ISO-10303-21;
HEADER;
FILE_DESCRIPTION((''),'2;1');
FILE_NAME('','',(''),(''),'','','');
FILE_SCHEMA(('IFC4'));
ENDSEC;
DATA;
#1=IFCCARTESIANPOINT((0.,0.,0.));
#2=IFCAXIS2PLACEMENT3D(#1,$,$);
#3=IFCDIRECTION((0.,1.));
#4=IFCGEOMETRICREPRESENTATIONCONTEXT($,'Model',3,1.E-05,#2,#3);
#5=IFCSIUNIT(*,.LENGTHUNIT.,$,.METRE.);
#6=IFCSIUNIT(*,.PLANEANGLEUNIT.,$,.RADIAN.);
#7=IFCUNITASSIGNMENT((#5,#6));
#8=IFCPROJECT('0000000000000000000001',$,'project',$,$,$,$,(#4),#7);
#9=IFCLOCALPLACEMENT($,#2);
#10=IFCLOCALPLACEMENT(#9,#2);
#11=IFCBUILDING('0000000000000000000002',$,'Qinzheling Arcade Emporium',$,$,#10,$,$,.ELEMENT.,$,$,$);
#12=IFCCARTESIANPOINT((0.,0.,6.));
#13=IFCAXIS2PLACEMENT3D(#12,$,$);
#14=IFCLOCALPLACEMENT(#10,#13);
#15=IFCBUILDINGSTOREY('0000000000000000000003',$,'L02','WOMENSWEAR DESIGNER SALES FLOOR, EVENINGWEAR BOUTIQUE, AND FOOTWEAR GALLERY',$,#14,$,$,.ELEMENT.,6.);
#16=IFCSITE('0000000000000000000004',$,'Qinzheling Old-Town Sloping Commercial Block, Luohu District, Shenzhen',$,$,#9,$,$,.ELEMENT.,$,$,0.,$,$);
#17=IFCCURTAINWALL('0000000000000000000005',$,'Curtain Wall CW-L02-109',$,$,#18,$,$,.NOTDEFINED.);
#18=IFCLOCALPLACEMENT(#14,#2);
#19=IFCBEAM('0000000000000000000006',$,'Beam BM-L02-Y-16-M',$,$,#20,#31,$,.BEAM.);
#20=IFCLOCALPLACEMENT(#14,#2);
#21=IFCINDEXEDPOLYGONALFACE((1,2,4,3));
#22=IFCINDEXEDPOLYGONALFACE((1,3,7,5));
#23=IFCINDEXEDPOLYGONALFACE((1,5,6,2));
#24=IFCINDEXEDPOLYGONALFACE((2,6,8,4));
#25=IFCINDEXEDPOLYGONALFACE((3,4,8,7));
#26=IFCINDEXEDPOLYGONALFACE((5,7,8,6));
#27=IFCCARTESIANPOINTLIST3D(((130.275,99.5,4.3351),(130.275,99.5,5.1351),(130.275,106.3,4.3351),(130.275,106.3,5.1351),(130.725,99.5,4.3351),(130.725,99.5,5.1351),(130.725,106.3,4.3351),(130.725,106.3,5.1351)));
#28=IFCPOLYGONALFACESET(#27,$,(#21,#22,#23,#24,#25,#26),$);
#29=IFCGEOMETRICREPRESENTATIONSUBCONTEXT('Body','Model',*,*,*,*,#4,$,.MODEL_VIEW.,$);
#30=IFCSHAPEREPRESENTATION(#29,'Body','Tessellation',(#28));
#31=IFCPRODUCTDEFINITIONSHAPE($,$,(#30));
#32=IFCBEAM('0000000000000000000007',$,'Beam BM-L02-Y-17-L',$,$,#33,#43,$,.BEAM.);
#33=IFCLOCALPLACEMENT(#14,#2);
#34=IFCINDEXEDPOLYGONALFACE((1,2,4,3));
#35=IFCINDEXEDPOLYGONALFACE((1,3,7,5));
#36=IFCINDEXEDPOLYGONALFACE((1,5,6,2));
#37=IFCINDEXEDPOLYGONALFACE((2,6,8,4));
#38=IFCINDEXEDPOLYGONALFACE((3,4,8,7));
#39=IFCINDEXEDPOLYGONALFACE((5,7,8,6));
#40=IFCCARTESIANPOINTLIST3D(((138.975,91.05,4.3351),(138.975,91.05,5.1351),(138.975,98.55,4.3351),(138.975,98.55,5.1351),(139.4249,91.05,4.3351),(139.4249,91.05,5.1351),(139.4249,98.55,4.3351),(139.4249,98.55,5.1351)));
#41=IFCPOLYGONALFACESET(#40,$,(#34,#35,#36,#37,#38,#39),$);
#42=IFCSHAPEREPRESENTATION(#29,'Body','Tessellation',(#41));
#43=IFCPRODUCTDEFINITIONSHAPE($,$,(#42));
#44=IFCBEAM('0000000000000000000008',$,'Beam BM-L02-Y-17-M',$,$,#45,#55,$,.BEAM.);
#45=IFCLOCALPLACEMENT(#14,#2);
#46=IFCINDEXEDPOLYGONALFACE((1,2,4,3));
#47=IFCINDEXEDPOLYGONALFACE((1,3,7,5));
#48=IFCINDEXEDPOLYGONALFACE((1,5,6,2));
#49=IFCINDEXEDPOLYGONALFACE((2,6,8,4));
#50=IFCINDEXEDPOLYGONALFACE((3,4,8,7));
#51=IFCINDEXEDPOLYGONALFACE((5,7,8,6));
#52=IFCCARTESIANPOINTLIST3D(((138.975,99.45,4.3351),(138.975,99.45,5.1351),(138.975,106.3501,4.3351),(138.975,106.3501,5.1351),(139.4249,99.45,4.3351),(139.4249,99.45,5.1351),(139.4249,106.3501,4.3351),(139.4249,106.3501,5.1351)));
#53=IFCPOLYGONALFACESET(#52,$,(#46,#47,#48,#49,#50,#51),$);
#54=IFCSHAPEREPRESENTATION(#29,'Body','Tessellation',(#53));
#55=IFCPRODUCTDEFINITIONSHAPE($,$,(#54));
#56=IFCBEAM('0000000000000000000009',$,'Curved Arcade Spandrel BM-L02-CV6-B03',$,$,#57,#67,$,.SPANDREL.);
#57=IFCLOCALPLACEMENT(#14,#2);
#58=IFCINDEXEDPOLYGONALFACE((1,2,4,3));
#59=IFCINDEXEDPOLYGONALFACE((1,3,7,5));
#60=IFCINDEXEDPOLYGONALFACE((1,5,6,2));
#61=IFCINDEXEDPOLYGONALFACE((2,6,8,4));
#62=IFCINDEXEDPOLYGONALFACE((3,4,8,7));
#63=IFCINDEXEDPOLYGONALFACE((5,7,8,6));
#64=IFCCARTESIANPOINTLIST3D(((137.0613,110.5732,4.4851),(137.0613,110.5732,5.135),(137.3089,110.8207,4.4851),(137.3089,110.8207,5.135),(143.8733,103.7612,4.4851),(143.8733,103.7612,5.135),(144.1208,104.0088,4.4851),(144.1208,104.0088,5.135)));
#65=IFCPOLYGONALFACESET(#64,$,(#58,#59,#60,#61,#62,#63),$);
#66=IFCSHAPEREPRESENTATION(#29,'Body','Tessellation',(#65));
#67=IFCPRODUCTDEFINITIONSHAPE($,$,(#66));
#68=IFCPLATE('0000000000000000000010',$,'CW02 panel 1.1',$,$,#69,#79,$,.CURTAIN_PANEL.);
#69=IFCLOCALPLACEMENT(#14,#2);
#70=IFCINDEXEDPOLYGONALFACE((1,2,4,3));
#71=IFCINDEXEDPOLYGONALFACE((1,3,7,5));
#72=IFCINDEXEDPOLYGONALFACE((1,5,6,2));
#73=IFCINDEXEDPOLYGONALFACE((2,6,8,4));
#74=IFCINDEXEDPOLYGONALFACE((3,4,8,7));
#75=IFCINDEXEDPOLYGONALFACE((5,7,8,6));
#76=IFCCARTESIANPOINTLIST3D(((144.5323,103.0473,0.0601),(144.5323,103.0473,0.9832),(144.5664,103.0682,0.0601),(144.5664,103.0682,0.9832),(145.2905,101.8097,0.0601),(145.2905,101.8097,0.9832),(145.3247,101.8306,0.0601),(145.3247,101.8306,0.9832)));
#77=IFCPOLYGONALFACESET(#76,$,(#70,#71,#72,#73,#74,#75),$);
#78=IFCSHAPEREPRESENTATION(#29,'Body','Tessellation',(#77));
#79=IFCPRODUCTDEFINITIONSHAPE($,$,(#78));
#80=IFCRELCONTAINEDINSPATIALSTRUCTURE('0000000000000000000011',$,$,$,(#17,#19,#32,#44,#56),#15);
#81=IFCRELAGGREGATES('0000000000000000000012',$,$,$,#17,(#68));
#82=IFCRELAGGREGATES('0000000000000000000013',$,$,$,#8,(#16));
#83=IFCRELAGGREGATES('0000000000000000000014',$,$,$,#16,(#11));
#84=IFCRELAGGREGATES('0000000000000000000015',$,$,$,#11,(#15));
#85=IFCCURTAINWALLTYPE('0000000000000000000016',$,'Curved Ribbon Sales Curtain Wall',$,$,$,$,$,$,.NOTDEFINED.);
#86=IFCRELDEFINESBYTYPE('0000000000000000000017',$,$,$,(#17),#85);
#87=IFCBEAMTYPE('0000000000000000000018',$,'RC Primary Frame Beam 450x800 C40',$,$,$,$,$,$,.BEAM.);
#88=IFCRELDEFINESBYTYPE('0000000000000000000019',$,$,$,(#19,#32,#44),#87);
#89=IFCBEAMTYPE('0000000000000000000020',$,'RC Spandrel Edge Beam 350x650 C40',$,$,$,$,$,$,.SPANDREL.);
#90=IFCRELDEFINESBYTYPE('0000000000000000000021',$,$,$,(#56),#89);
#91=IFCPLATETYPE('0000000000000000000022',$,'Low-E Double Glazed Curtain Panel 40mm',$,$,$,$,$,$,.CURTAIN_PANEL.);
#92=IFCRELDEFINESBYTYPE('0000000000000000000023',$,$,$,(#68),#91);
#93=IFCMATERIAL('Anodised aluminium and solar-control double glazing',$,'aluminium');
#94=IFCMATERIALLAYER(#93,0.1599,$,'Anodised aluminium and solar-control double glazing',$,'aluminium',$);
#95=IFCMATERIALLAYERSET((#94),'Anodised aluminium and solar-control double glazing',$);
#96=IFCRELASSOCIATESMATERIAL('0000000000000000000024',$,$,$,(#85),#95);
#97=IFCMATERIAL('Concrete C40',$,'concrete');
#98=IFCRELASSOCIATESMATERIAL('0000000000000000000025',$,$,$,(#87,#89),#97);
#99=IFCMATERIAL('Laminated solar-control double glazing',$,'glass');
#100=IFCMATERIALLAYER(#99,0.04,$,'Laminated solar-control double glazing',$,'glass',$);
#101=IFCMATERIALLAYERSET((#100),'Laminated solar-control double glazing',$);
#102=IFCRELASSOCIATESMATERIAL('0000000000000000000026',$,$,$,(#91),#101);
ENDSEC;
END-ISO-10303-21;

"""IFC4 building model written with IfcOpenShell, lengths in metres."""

from ifc_helpers import new_model, si_unit, direction, frame, origin, origin_2d, place, context, subcontext, project, spatial, rectangle, extrude, material, layer, layer_set, material_profile, profile_set, type_object, element, aggregate, save


model = new_model("IFC4")

# Units and contexts
model_context = context("Model", 3, precision=1e-05, world=origin(), true_north=direction((0.0, 1.0)))
body_context = subcontext(model_context, "Body", "Model", "MODEL_VIEW")
ifc_project = project(units=[si_unit("LENGTHUNIT", "METRE"), si_unit("PLANEANGLEUNIT", "RADIAN")], contexts=[model_context])

# Site, building, storey
site_placement = place(None, origin())
site = spatial("IfcSite", under=ifc_project, at=site_placement, Name="Qinzheling Old-Town Sloping Commercial Block, Luohu District, Shenzhen", CompositionType="ELEMENT", RefElevation=0.0)
building_placement = place(site_placement, origin())
building = spatial("IfcBuilding", under=site, at=building_placement, Name="Qinzheling Arcade Emporium", CompositionType="ELEMENT")
storey_placement = place(building_placement, frame((0.0, 0.0, 6.0)))
storey = spatial("IfcBuildingStorey", under=building, at=storey_placement, Name="L02", Description="WOMENSWEAR DESIGNER SALES FLOOR, EVENINGWEAR BOUTIQUE, AND FOOTWEAR GALLERY", CompositionType="ELEMENT", Elevation=6.0)

# Curtain wall
ifc_material_1 = material(Name="Anodised aluminium and solar-control double glazing", Category="aluminium")
ifc_layer_1 = layer(ifc_material_1, 0.1599, Name="Anodised aluminium and solar-control double glazing", Category="aluminium")
ifc_layer_set_1 = layer_set([ifc_layer_1], Name="Anodised aluminium and solar-control double glazing")
curtain_wall_type = type_object("IfcCurtainWallType", Name="Curved Ribbon Sales Curtain Wall", PredefinedType="NOTDEFINED", material=ifc_layer_set_1)
curtain_wall_placement = place(storey_placement, origin())
curtain_wall = element("IfcCurtainWall", 1, at=curtain_wall_placement, inside=storey, type_object=curtain_wall_type, Name="Curtain Wall CW-L02-109", PredefinedType="NOTDEFINED")

# Beams
ifc_material_2 = material(Name="Concrete C40", Category="concrete")
ifc_material_profile_1 = material_profile(ifc_material_2, rectangle(XDim=0.45, YDim=0.8, at=origin_2d()), Name="RC 450x800", Category="concrete")
ifc_profile_set_1 = profile_set([ifc_material_profile_1], Name="Concrete C40")
beam_type_1 = type_object("IfcBeamType", Name="RC Primary Frame Beam 450x800 C40", PredefinedType="BEAM", material=ifc_profile_set_1)
beam_1_placement = place(storey_placement, frame((130.5, 99.5, 4.7351), z_axis=(0.0, 1.0, 0.0), x_axis=(-1.0, 0.0, 0.0)))
element("IfcBeam", 2, at=beam_1_placement, inside=storey, type_object=beam_type_1, Name="Beam BM-L02-Y-16-M", PredefinedType="BEAM", context=body_context, shape_type="SweptSolid", body=[
    extrude(rectangle(XDim=0.45, YDim=0.8, at=origin_2d()), origin(), (0.0, 0.0, 1.0), 6.8),
])
beam_2_placement = place(storey_placement, frame((139.2, 91.05, 4.7351), z_axis=(0.0, 1.0, 0.0), x_axis=(-1.0, 0.0, 0.0)))
element("IfcBeam", 3, at=beam_2_placement, inside=storey, type_object=beam_type_1, Name="Beam BM-L02-Y-17-L", PredefinedType="BEAM", context=body_context, shape_type="SweptSolid", body=[
    extrude(rectangle(XDim=0.45, YDim=0.8, at=origin_2d()), origin(), (0.0, 0.0, 1.0), 7.5),
])
beam_3_placement = place(storey_placement, frame((139.2, 99.45, 4.7351), z_axis=(0.0, 1.0, 0.0), x_axis=(-1.0, 0.0, 0.0)))
element("IfcBeam", 4, at=beam_3_placement, inside=storey, type_object=beam_type_1, Name="Beam BM-L02-Y-17-M", PredefinedType="BEAM", context=body_context, shape_type="SweptSolid", body=[
    extrude(rectangle(XDim=0.45, YDim=0.8, at=origin_2d()), origin(), (0.0, 0.0, 1.0), 6.9001),
])
ifc_material_profile_2 = material_profile(ifc_material_2, rectangle(XDim=0.3501, YDim=0.6499, at=origin_2d()), Name="RC 350x650", Category="concrete")
ifc_profile_set_2 = profile_set([ifc_material_profile_2], Name="Concrete C40")
beam_type_2 = type_object("IfcBeamType", Name="RC Spandrel Edge Beam 350x650 C40", PredefinedType="SPANDREL", material=ifc_profile_set_2)
beam_4_placement = place(storey_placement, frame((143.9971, 103.885, 4.8101), z_axis=(-0.707107, 0.707107, 0.0), x_axis=(-0.707107, -0.707107, 0.0)))
element("IfcBeam", 5, at=beam_4_placement, inside=storey, type_object=beam_type_2, Name="Curved Arcade Spandrel BM-L02-CV6-B03", PredefinedType="SPANDREL", context=body_context, shape_type="SweptSolid", body=[
    extrude(rectangle(XDim=0.3501, YDim=0.6499, at=origin_2d()), origin(), (0.0, 0.0, 1.0), 9.6335),
])

# Plate
ifc_material_3 = material(Name="Laminated solar-control double glazing", Category="glass")
ifc_layer_2 = layer(ifc_material_3, 0.04, Name="Laminated solar-control double glazing", Category="glass")
ifc_layer_set_2 = layer_set([ifc_layer_2], Name="Laminated solar-control double glazing")
plate_type = type_object("IfcPlateType", Name="Low-E Double Glazed Curtain Panel 40mm", PredefinedType="CURTAIN_PANEL", material=ifc_layer_set_2)
plate_placement = place(storey_placement, frame((144.9285, 102.439, 0.0601), z_axis=(0.0, 0.0, 1.0), x_axis=(0.522428, -0.852684, 0.0)))
plate = element("IfcPlate", 6, at=plate_placement, type_object=plate_type, Name="CW02 panel 1.1", PredefinedType="CURTAIN_PANEL", context=body_context, shape_type="SweptSolid", body=[
    extrude(rectangle(XDim=1.4514, YDim=0.04, at=origin_2d()), origin(), (0.0, 0.0, 1.0), 0.9231),
])
aggregate(curtain_wall, [plate])

save(model, "model.ifc")
